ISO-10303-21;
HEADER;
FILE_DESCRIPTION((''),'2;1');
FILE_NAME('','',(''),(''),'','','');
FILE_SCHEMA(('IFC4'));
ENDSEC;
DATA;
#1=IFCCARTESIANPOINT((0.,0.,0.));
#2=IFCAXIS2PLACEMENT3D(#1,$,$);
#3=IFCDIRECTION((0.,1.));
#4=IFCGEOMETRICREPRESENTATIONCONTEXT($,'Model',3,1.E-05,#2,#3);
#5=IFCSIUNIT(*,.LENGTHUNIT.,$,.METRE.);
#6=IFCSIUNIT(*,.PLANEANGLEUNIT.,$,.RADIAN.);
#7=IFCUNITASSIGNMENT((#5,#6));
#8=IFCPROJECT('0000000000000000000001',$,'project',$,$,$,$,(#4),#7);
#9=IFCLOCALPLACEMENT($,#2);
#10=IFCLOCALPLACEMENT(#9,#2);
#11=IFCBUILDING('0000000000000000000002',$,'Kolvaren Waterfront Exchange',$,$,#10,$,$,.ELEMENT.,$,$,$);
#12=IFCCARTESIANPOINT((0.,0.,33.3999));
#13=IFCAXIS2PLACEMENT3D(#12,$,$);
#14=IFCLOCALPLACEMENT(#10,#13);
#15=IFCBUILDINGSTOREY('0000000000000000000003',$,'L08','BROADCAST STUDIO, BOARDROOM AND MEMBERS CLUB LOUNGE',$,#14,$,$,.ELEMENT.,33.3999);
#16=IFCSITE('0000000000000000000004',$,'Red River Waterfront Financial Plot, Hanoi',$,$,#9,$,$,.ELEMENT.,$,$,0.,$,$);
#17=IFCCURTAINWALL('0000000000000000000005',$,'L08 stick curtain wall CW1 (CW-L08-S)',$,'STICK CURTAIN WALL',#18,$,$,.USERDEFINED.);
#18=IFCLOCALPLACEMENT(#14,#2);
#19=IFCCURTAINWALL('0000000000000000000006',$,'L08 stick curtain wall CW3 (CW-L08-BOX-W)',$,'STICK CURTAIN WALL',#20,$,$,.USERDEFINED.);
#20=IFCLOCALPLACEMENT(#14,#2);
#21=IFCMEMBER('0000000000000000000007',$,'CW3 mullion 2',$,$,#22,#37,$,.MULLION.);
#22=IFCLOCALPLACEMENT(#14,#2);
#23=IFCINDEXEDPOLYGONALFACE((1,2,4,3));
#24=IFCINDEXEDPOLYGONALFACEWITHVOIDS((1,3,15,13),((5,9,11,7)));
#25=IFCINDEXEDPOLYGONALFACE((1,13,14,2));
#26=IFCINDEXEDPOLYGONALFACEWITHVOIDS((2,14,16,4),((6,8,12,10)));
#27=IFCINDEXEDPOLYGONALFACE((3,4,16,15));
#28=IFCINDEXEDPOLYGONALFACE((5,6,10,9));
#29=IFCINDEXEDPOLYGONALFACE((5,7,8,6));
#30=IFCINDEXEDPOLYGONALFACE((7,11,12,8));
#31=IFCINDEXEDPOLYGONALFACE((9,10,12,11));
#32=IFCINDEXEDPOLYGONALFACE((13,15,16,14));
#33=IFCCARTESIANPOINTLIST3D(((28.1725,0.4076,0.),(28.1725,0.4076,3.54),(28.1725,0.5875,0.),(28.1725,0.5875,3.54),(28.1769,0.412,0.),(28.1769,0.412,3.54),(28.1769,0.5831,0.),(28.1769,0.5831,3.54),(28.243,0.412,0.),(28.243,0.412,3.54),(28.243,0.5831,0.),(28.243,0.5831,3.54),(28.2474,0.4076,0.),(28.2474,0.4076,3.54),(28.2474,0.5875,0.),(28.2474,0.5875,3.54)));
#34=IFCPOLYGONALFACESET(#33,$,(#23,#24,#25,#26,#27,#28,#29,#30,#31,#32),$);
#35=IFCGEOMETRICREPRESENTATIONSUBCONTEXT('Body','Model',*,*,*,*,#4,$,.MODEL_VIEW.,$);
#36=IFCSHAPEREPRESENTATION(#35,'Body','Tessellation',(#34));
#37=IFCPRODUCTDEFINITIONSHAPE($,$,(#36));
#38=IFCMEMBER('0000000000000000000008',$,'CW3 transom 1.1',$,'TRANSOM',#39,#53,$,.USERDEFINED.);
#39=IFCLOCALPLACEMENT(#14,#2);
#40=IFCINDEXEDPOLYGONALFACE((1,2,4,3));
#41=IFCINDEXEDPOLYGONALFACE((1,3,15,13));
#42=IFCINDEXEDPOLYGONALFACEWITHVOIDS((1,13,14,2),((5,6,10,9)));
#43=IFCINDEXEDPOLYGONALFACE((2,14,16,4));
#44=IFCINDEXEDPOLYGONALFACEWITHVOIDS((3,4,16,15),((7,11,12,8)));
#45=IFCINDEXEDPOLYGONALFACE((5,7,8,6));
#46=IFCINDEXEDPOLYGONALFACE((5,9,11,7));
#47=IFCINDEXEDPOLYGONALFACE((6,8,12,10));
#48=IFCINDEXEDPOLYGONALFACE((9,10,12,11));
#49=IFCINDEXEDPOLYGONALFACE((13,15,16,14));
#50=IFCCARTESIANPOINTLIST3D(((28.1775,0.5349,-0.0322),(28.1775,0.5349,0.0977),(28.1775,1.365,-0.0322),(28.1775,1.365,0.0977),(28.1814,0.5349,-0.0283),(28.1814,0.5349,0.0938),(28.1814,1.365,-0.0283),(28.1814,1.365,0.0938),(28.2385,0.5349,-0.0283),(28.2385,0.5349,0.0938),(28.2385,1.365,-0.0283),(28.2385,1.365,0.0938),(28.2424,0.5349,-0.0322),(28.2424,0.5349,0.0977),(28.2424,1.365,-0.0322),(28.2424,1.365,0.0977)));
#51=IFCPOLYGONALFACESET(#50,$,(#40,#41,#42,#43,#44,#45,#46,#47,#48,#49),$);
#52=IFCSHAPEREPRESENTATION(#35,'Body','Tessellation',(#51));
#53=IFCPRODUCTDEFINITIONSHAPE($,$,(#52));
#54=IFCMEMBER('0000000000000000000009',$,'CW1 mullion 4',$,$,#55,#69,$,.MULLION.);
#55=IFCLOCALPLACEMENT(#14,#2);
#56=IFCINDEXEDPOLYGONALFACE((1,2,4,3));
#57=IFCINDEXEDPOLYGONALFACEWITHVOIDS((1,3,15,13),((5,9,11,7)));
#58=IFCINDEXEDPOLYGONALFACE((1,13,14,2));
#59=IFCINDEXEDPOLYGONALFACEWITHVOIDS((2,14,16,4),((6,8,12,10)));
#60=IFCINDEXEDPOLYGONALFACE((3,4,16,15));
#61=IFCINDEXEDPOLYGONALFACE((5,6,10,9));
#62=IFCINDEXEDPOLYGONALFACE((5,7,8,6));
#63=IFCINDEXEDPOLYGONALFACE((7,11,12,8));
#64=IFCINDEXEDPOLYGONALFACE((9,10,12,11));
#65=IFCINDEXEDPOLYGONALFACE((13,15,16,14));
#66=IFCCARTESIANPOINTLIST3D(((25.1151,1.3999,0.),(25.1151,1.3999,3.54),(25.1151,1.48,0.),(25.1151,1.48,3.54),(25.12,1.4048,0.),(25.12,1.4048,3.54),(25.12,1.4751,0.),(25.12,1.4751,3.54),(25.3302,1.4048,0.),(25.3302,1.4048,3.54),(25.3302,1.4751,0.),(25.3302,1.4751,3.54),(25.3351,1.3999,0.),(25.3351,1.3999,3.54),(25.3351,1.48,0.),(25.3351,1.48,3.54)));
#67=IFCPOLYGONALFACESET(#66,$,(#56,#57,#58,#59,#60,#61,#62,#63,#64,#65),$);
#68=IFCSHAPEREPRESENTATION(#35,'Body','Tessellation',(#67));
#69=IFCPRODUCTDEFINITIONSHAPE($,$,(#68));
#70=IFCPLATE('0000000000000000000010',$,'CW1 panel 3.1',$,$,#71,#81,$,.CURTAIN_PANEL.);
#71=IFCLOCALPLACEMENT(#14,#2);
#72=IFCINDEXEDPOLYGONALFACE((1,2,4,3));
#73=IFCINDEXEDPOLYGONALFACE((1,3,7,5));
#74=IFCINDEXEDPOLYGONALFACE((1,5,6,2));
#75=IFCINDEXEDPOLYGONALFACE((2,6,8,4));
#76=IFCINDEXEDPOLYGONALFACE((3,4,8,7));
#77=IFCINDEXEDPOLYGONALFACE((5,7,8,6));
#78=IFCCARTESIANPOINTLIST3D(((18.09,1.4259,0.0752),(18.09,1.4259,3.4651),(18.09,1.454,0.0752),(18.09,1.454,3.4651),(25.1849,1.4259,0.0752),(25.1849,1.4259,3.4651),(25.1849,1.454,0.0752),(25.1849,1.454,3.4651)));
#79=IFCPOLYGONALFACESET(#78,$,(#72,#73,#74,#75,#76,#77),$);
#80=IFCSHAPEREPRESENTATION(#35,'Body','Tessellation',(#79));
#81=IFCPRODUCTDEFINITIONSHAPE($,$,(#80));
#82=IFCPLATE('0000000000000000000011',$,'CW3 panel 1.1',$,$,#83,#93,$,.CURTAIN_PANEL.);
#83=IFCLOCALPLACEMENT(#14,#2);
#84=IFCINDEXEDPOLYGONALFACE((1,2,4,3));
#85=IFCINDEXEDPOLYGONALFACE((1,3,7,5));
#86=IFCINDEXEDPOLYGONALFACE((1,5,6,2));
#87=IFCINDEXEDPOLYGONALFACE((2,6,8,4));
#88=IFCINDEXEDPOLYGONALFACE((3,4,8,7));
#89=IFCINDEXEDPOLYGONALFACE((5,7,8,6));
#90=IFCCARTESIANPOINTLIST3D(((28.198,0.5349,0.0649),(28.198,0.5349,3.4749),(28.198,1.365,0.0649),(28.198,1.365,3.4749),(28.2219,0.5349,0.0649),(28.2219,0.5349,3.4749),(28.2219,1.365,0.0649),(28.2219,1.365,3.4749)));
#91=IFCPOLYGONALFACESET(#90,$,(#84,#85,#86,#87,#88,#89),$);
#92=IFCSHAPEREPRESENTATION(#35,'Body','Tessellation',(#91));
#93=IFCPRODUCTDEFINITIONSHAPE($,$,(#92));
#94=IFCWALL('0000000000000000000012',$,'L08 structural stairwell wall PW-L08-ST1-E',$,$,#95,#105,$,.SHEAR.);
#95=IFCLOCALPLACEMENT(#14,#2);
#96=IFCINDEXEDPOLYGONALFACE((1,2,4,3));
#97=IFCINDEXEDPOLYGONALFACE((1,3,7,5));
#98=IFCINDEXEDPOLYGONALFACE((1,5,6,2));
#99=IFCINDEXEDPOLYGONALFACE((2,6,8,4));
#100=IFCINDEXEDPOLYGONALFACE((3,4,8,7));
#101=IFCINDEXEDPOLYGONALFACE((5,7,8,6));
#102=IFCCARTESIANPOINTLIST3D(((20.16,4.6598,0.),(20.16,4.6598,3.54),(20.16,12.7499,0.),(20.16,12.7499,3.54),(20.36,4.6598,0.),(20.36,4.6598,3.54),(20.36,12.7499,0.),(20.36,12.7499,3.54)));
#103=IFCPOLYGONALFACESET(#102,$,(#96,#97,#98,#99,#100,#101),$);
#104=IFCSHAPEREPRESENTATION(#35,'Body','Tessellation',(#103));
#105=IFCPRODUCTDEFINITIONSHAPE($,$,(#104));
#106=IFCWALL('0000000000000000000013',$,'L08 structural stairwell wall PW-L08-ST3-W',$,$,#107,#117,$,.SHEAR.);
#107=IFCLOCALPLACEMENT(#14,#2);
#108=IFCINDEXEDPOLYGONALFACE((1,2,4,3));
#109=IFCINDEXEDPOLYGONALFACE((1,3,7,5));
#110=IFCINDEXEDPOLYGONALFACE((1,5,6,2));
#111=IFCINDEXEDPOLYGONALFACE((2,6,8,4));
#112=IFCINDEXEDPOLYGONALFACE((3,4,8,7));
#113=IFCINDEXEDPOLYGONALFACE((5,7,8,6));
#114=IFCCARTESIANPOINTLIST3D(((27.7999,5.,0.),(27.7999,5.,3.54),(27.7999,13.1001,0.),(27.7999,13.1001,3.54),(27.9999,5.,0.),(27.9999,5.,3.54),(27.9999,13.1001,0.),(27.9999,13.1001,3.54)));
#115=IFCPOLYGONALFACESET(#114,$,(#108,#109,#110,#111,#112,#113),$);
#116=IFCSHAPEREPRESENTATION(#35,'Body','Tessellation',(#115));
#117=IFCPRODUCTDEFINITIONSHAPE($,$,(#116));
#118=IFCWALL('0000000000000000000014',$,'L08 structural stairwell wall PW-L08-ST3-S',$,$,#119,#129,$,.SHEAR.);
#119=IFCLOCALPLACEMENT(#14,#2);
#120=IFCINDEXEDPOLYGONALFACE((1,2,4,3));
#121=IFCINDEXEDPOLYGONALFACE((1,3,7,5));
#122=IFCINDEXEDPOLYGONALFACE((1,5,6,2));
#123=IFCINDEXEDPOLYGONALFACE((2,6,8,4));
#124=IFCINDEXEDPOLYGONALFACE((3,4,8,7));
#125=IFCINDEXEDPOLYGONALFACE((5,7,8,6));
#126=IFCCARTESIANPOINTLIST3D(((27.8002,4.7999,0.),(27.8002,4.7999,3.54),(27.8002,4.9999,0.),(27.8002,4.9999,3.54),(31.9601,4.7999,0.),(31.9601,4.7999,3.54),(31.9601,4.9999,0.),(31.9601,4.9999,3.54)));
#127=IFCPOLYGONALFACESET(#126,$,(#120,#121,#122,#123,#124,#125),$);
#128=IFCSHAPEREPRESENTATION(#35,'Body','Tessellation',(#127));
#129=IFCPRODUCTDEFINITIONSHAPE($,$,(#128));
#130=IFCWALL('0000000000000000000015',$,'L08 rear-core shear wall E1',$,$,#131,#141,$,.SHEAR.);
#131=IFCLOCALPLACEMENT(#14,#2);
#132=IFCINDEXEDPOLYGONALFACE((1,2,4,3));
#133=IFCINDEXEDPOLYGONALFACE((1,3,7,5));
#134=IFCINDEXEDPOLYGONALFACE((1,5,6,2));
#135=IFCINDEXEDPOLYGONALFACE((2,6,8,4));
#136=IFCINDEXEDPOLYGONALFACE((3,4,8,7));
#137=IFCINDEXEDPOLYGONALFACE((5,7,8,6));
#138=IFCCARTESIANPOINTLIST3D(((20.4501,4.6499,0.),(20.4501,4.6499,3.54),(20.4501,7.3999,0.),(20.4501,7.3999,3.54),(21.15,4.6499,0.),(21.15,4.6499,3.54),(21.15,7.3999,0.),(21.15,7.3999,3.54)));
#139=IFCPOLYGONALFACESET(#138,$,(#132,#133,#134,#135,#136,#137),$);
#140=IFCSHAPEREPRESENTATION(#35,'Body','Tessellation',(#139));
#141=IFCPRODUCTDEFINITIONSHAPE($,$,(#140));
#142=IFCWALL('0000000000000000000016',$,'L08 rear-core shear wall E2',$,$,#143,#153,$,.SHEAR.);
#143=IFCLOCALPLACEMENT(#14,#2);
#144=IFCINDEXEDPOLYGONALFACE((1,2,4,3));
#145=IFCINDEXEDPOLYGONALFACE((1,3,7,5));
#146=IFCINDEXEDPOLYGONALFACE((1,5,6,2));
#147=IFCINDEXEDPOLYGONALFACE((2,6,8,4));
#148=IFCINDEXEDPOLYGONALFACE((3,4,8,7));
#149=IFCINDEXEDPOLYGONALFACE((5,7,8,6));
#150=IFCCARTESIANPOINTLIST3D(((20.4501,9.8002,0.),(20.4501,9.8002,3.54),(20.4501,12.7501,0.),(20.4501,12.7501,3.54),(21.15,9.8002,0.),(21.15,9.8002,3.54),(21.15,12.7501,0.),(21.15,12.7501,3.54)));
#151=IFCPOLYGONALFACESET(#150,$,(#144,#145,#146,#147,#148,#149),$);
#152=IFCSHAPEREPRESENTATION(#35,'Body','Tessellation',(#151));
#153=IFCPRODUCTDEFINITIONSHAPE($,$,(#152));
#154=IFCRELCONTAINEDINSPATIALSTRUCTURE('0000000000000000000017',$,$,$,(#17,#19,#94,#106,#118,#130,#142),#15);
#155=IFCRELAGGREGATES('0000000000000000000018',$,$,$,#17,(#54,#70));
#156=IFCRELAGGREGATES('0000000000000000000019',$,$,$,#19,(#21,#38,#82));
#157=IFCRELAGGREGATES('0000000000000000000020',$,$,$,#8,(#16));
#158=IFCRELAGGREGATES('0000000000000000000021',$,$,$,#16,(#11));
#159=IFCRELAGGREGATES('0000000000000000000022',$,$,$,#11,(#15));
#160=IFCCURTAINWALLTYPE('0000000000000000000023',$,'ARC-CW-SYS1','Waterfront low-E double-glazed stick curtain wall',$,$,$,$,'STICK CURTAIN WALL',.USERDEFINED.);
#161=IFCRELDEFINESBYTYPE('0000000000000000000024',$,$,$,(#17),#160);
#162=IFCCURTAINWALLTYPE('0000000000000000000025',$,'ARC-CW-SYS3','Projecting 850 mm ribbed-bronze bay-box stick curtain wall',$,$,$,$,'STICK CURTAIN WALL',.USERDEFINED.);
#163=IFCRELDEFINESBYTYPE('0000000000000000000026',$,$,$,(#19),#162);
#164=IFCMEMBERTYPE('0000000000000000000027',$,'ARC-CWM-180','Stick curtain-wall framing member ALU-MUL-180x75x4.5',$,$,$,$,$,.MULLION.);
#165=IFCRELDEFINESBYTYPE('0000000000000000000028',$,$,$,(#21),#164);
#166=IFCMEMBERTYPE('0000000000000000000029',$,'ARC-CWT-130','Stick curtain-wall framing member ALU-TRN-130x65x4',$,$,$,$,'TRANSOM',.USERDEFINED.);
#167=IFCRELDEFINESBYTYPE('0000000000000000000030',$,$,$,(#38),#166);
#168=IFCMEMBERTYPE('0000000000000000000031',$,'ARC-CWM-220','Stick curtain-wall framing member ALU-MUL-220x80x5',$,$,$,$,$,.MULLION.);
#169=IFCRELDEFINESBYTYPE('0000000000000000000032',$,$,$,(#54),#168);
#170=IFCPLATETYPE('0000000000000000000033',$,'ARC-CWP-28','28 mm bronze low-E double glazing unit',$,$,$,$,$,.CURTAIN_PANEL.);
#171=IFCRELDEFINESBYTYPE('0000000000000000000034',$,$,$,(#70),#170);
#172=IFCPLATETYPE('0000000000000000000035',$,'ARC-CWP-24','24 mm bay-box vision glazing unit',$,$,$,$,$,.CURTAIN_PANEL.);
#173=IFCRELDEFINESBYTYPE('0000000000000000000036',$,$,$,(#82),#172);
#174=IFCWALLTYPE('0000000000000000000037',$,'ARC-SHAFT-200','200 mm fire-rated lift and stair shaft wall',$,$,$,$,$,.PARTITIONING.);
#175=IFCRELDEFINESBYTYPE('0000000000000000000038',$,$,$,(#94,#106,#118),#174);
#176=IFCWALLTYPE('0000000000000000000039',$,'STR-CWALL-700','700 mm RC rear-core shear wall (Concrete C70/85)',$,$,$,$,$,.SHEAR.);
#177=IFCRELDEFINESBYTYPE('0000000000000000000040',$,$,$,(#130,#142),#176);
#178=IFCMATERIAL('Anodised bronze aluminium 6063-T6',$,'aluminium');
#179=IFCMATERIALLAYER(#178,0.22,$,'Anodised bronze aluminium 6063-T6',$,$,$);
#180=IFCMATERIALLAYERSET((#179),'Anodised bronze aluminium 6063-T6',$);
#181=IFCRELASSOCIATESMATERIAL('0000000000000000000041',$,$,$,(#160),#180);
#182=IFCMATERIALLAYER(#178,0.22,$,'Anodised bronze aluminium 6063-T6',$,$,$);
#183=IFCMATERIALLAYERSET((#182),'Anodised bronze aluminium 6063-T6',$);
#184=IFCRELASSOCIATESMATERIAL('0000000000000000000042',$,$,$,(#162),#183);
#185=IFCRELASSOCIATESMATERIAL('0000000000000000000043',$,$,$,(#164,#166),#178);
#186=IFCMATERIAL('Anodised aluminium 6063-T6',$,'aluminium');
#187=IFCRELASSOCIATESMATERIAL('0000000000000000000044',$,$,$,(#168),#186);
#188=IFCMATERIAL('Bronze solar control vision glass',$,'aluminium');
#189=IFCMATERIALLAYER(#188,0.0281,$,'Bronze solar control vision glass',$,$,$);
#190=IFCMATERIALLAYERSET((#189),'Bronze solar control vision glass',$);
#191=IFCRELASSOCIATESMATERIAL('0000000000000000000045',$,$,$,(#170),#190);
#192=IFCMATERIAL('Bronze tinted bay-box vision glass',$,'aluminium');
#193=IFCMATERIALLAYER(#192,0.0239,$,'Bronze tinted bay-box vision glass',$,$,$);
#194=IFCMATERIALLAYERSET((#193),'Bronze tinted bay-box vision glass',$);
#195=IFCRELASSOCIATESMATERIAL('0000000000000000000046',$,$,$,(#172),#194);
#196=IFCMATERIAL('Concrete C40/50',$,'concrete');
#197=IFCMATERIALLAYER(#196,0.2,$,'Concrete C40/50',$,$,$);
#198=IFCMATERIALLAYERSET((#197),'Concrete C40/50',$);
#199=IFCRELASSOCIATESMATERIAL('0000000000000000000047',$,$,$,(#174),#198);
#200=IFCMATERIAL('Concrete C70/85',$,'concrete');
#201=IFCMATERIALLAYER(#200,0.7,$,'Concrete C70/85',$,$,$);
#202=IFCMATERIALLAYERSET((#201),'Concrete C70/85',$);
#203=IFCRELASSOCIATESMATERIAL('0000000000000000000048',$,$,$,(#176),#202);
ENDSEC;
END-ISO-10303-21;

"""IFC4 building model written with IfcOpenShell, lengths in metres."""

from ifc_helpers import new_model, si_unit, direction, frame, frame_2d, origin, origin_with_axes, origin_2d, place, context, subcontext, project, spatial, rectangle, hollow_rectangle, extrude, source, transform, mapped, material, layer, layer_set, material_profile, profile_set, type_object, element, aggregate, save


model = new_model("IFC4")

# Units and contexts
model_context = context("Model", 3, precision=1e-05, world=origin(), true_north=direction((0.0, 1.0)))
body_context = subcontext(model_context, "Body", "Model", "MODEL_VIEW")
ifc_project = project(units=[si_unit("LENGTHUNIT", "METRE"), si_unit("PLANEANGLEUNIT", "RADIAN")], contexts=[model_context])

# Site, building, storey
site_placement = place(None, origin())
site = spatial("IfcSite", under=ifc_project, at=site_placement, Name="Red River Waterfront Financial Plot, Hanoi", CompositionType="ELEMENT", RefElevation=0.0)
building_placement = place(site_placement, origin())
building = spatial("IfcBuilding", under=site, at=building_placement, Name="Kolvaren Waterfront Exchange", CompositionType="ELEMENT")
storey_placement = place(building_placement, frame((0.0, 0.0, 33.3999)))
storey = spatial("IfcBuildingStorey", under=building, at=storey_placement, Name="L08", Description="BROADCAST STUDIO, BOARDROOM AND MEMBERS CLUB LOUNGE", CompositionType="ELEMENT", Elevation=33.3999)

# Shared definitions
ifc_material_1 = material(Name="Concrete C70/85", Category="concrete")

# Curtain walls, members
ifc_material_2 = material(Name="Anodised bronze aluminium 6063-T6", Category="aluminium")
ifc_layer_1 = layer(ifc_material_2, 0.22, Name="Anodised bronze aluminium 6063-T6")
ifc_layer_set_1 = layer_set([ifc_layer_1], Name="Anodised bronze aluminium 6063-T6")
curtain_wall_type_1 = type_object("IfcCurtainWallType", Name="ARC-CW-SYS1", Description="Waterfront low-E double-glazed stick curtain wall", ElementType="STICK CURTAIN WALL", PredefinedType="USERDEFINED", material=ifc_layer_set_1)
curtain_wall_1_placement = place(storey_placement, origin())
curtain_wall_1 = element("IfcCurtainWall", 1, at=curtain_wall_1_placement, inside=storey, type_object=curtain_wall_type_1, Name="L08 stick curtain wall CW1 (CW-L08-S)", ObjectType="STICK CURTAIN WALL", PredefinedType="USERDEFINED")
ifc_material_3 = material(Name="Anodised aluminium 6063-T6", Category="aluminium")
ifc_layer_2 = layer(ifc_material_2, 0.22, Name="Anodised bronze aluminium 6063-T6")
ifc_layer_set_2 = layer_set([ifc_layer_2], Name="Anodised bronze aluminium 6063-T6")
curtain_wall_type_2 = type_object("IfcCurtainWallType", Name="ARC-CW-SYS3", Description="Projecting 850 mm ribbed-bronze bay-box stick curtain wall", ElementType="STICK CURTAIN WALL", PredefinedType="USERDEFINED", material=ifc_layer_set_2)
curtain_wall_2_placement = place(storey_placement, origin())
curtain_wall_2 = element("IfcCurtainWall", 2, at=curtain_wall_2_placement, inside=storey, type_object=curtain_wall_type_2, Name="L08 stick curtain wall CW3 (CW-L08-BOX-W)", ObjectType="STICK CURTAIN WALL", PredefinedType="USERDEFINED")
ifc_material_profile_1 = material_profile(ifc_material_2, hollow_rectangle(XDim=0.075, YDim=0.1799, WallThickness=0.0044, at=origin_2d()), Name="ALU-MUL-180x75x4.5")
ifc_profile_set_1 = profile_set([ifc_material_profile_1], Name="Anodised bronze aluminium 6063-T6")
member_type_1 = type_object("IfcMemberType", Name="ARC-CWM-180", Description="Stick curtain-wall framing member ALU-MUL-180x75x4.5", PredefinedType="MULLION", material=ifc_profile_set_1)
shared_shape_1 = source(origin_with_axes(), body_context, "Body", "SweptSolid", [
    extrude(hollow_rectangle(XDim=0.075, YDim=0.1799, WallThickness=0.0044, at=origin_2d()), origin(), (0.0, 0.0, 1.0), 3.54),
])
member_1_placement = place(storey_placement, frame((28.21, 0.4976, 0.0), z_axis=(0.0, 0.0, 1.0), x_axis=(1.0, 0.0, 0.0)))
member_1 = element("IfcMember", 3, at=member_1_placement, type_object=member_type_1, Name="CW3 mullion 2", PredefinedType="MULLION", context=body_context, shape_type="MappedRepresentation", body=[
    mapped(shared_shape_1, transform((0.0, 0.0, 0.0), x_axis=(1.0, 0.0, 0.0), y_axis=(0.0, 1.0, 0.0), z_axis=(0.0, 0.0, 1.0), scale=1.0)),
])
ifc_material_profile_2 = material_profile(ifc_material_2, hollow_rectangle(XDim=0.0649, YDim=0.1299, WallThickness=0.0039, at=origin_2d()), Name="ALU-TRN-130x65x4")
ifc_profile_set_2 = profile_set([ifc_material_profile_2], Name="Anodised bronze aluminium 6063-T6")
member_type_2 = type_object("IfcMemberType", Name="ARC-CWT-130", Description="Stick curtain-wall framing member ALU-TRN-130x65x4", ElementType="TRANSOM", PredefinedType="USERDEFINED", material=ifc_profile_set_2)
shared_shape_2 = source(origin_with_axes(), body_context, "Body", "SweptSolid", [
    extrude(hollow_rectangle(XDim=0.0649, YDim=0.1299, WallThickness=0.0039, at=origin_2d()), origin(), (0.0, 0.0, 1.0), 0.8301),
])
member_2_placement = place(storey_placement, frame((28.21, 1.365, 0.0327), z_axis=(0.0, -1.0, 0.0), x_axis=(1.0, 0.0, 0.0)))
member_2 = element("IfcMember", 4, at=member_2_placement, type_object=member_type_2, Name="CW3 transom 1.1", ObjectType="TRANSOM", PredefinedType="USERDEFINED", context=body_context, shape_type="MappedRepresentation", body=[
    mapped(shared_shape_2, transform((0.0, 0.0, 0.0), x_axis=(1.0, 0.0, 0.0), y_axis=(0.0, 1.0, 0.0), z_axis=(0.0, 0.0, 1.0), scale=1.0)),
])

# Member
ifc_material_profile_3 = material_profile(ifc_material_3, hollow_rectangle(XDim=0.0801, YDim=0.22, WallThickness=0.0049, at=origin_2d()), Name="ALU-MUL-220x80x5")
ifc_profile_set_3 = profile_set([ifc_material_profile_3], Name="Anodised aluminium 6063-T6")
member_type_3 = type_object("IfcMemberType", Name="ARC-CWM-220", Description="Stick curtain-wall framing member ALU-MUL-220x80x5", PredefinedType="MULLION", material=ifc_profile_set_3)
shared_shape_3 = source(origin_with_axes(), body_context, "Body", "SweptSolid", [
    extrude(hollow_rectangle(XDim=0.0801, YDim=0.22, WallThickness=0.0049, at=origin_2d()), origin(), (0.0, 0.0, 1.0), 3.54),
])
member_3_placement = place(storey_placement, frame((25.2251, 1.4399, 0.0), z_axis=(0.0, 0.0, 1.0), x_axis=(0.0, 1.0, 0.0)))
member_3 = element("IfcMember", 5, at=member_3_placement, type_object=member_type_3, Name="CW1 mullion 4", PredefinedType="MULLION", context=body_context, shape_type="MappedRepresentation", body=[
    mapped(shared_shape_3, transform((0.0, 0.0, 0.0), x_axis=(1.0, 0.0, 0.0), y_axis=(0.0, 1.0, 0.0), z_axis=(0.0, 0.0, 1.0), scale=1.0)),
])

# Plates
ifc_material_4 = material(Name="Bronze solar control vision glass", Category="aluminium")
ifc_layer_3 = layer(ifc_material_4, 0.0281, Name="Bronze solar control vision glass")
ifc_layer_set_3 = layer_set([ifc_layer_3], Name="Bronze solar control vision glass")
plate_type_1 = type_object("IfcPlateType", Name="ARC-CWP-28", Description="28 mm bronze low-E double glazing unit", PredefinedType="CURTAIN_PANEL", material=ifc_layer_set_3)
shared_shape_4 = source(origin_with_axes(), body_context, "Body", "SweptSolid", [
    extrude(rectangle(XDim=7.095, YDim=0.0281, at=origin_2d()), origin(), (0.0, 0.0, 1.0), 3.3899),
])
plate_1_placement = place(storey_placement, frame((21.6375, 1.4399, 0.0752), z_axis=(0.0, 0.0, 1.0), x_axis=(1.0, 0.0, 0.0)))
plate_1 = element("IfcPlate", 6, at=plate_1_placement, type_object=plate_type_1, Name="CW1 panel 3.1", PredefinedType="CURTAIN_PANEL", context=body_context, shape_type="MappedRepresentation", body=[
    mapped(shared_shape_4, transform((0.0, 0.0, 0.0), x_axis=(1.0, 0.0, 0.0), y_axis=(0.0, 1.0, 0.0), z_axis=(0.0, 0.0, 1.0), scale=1.0)),
])
aggregate(curtain_wall_1, [member_3, plate_1])
ifc_material_5 = material(Name="Bronze tinted bay-box vision glass", Category="aluminium")
ifc_layer_4 = layer(ifc_material_5, 0.0239, Name="Bronze tinted bay-box vision glass")
ifc_layer_set_4 = layer_set([ifc_layer_4], Name="Bronze tinted bay-box vision glass")
plate_type_2 = type_object("IfcPlateType", Name="ARC-CWP-24", Description="24 mm bay-box vision glazing unit", PredefinedType="CURTAIN_PANEL", material=ifc_layer_set_4)
shared_shape_5 = source(origin_with_axes(), body_context, "Body", "SweptSolid", [
    extrude(rectangle(XDim=0.8301, YDim=0.0239, at=origin_2d()), origin(), (0.0, 0.0, 1.0), 3.4099),
])
plate_2_placement = place(storey_placement, frame((28.21, 0.95, 0.0649), z_axis=(0.0, 0.0, 1.0), x_axis=(0.0, -1.0, 0.0)))
plate_2 = element("IfcPlate", 7, at=plate_2_placement, type_object=plate_type_2, Name="CW3 panel 1.1", PredefinedType="CURTAIN_PANEL", context=body_context, shape_type="MappedRepresentation", body=[
    mapped(shared_shape_5, transform((0.0, 0.0, 0.0), x_axis=(1.0, 0.0, 0.0), y_axis=(0.0, 1.0, 0.0), z_axis=(0.0, 0.0, 1.0), scale=1.0)),
])
aggregate(curtain_wall_2, [member_1, member_2, plate_2])

# Walls
ifc_material_6 = material(Name="Concrete C40/50", Category="concrete")
ifc_layer_5 = layer(ifc_material_6, 0.2, Name="Concrete C40/50")
ifc_layer_set_5 = layer_set([ifc_layer_5], Name="Concrete C40/50")
wall_type_1 = type_object("IfcWallType", Name="ARC-SHAFT-200", Description="200 mm fire-rated lift and stair shaft wall", PredefinedType="PARTITIONING", material=ifc_layer_set_5)
wall_1_placement = place(storey_placement, frame((20.26, 4.6599, 0.0), z_axis=(0.0, 0.0, 1.0), x_axis=(0.0, 1.0, 0.0)))
element("IfcWall", 8, at=wall_1_placement, inside=storey, type_object=wall_type_1, Name="L08 structural stairwell wall PW-L08-ST1-E", PredefinedType="SHEAR", context=body_context, shape_type="SweptSolid", body=[
    extrude(rectangle(XDim=8.0901, YDim=0.2, at=frame_2d((4.0449, 0.0))), origin(), (0.0, 0.0, 1.0), 3.54),
])
wall_2_placement = place(storey_placement, frame((27.8999, 5.0, 0.0), z_axis=(0.0, 0.0, 1.0), x_axis=(0.0, 1.0, 0.0)))
element("IfcWall", 9, at=wall_2_placement, inside=storey, type_object=wall_type_1, Name="L08 structural stairwell wall PW-L08-ST3-W", PredefinedType="SHEAR", context=body_context, shape_type="SweptSolid", body=[
    extrude(rectangle(XDim=8.1001, YDim=0.2, at=frame_2d((4.05, 0.0))), origin(), (0.0, 0.0, 1.0), 3.54),
])
wall_3_placement = place(storey_placement, frame((27.8, 4.8999, 0.0), z_axis=(0.0, 0.0, 1.0), x_axis=(1.0, 0.0, 0.0)))
element("IfcWall", 10, at=wall_3_placement, inside=storey, type_object=wall_type_1, Name="L08 structural stairwell wall PW-L08-ST3-S", PredefinedType="SHEAR", context=body_context, shape_type="SweptSolid", body=[
    extrude(rectangle(XDim=4.1599, YDim=0.2, at=frame_2d((2.0801, 0.0))), origin(), (0.0, 0.0, 1.0), 3.54),
])
ifc_layer_6 = layer(ifc_material_1, 0.7, Name="Concrete C70/85")
ifc_layer_set_6 = layer_set([ifc_layer_6], Name="Concrete C70/85")
wall_type_2 = type_object("IfcWallType", Name="STR-CWALL-700", Description="700 mm RC rear-core shear wall (Concrete C70/85)", PredefinedType="SHEAR", material=ifc_layer_set_6)
wall_4_placement = place(storey_placement, frame((20.8, 4.6499, 0.0), z_axis=(0.0, 0.0, 1.0), x_axis=(0.0, 1.0, 0.0)))
element("IfcWall", 11, at=wall_4_placement, inside=storey, type_object=wall_type_2, Name="L08 rear-core shear wall E1", PredefinedType="SHEAR", context=body_context, shape_type="SweptSolid", body=[
    extrude(rectangle(XDim=2.75, YDim=0.7, at=frame_2d((1.375, 0.0))), origin(), (0.0, 0.0, 1.0), 3.54),
])
wall_5_placement = place(storey_placement, frame((20.8, 9.8, 0.0), z_axis=(0.0, 0.0, 1.0), x_axis=(0.0, 1.0, 0.0)))
element("IfcWall", 12, at=wall_5_placement, inside=storey, type_object=wall_type_2, Name="L08 rear-core shear wall E2", PredefinedType="SHEAR", context=body_context, shape_type="SweptSolid", body=[
    extrude(rectangle(XDim=2.95, YDim=0.7, at=frame_2d((1.4751, 0.0))), origin(), (0.0, 0.0, 1.0), 3.54),
])

save(model, "model.ifc")
